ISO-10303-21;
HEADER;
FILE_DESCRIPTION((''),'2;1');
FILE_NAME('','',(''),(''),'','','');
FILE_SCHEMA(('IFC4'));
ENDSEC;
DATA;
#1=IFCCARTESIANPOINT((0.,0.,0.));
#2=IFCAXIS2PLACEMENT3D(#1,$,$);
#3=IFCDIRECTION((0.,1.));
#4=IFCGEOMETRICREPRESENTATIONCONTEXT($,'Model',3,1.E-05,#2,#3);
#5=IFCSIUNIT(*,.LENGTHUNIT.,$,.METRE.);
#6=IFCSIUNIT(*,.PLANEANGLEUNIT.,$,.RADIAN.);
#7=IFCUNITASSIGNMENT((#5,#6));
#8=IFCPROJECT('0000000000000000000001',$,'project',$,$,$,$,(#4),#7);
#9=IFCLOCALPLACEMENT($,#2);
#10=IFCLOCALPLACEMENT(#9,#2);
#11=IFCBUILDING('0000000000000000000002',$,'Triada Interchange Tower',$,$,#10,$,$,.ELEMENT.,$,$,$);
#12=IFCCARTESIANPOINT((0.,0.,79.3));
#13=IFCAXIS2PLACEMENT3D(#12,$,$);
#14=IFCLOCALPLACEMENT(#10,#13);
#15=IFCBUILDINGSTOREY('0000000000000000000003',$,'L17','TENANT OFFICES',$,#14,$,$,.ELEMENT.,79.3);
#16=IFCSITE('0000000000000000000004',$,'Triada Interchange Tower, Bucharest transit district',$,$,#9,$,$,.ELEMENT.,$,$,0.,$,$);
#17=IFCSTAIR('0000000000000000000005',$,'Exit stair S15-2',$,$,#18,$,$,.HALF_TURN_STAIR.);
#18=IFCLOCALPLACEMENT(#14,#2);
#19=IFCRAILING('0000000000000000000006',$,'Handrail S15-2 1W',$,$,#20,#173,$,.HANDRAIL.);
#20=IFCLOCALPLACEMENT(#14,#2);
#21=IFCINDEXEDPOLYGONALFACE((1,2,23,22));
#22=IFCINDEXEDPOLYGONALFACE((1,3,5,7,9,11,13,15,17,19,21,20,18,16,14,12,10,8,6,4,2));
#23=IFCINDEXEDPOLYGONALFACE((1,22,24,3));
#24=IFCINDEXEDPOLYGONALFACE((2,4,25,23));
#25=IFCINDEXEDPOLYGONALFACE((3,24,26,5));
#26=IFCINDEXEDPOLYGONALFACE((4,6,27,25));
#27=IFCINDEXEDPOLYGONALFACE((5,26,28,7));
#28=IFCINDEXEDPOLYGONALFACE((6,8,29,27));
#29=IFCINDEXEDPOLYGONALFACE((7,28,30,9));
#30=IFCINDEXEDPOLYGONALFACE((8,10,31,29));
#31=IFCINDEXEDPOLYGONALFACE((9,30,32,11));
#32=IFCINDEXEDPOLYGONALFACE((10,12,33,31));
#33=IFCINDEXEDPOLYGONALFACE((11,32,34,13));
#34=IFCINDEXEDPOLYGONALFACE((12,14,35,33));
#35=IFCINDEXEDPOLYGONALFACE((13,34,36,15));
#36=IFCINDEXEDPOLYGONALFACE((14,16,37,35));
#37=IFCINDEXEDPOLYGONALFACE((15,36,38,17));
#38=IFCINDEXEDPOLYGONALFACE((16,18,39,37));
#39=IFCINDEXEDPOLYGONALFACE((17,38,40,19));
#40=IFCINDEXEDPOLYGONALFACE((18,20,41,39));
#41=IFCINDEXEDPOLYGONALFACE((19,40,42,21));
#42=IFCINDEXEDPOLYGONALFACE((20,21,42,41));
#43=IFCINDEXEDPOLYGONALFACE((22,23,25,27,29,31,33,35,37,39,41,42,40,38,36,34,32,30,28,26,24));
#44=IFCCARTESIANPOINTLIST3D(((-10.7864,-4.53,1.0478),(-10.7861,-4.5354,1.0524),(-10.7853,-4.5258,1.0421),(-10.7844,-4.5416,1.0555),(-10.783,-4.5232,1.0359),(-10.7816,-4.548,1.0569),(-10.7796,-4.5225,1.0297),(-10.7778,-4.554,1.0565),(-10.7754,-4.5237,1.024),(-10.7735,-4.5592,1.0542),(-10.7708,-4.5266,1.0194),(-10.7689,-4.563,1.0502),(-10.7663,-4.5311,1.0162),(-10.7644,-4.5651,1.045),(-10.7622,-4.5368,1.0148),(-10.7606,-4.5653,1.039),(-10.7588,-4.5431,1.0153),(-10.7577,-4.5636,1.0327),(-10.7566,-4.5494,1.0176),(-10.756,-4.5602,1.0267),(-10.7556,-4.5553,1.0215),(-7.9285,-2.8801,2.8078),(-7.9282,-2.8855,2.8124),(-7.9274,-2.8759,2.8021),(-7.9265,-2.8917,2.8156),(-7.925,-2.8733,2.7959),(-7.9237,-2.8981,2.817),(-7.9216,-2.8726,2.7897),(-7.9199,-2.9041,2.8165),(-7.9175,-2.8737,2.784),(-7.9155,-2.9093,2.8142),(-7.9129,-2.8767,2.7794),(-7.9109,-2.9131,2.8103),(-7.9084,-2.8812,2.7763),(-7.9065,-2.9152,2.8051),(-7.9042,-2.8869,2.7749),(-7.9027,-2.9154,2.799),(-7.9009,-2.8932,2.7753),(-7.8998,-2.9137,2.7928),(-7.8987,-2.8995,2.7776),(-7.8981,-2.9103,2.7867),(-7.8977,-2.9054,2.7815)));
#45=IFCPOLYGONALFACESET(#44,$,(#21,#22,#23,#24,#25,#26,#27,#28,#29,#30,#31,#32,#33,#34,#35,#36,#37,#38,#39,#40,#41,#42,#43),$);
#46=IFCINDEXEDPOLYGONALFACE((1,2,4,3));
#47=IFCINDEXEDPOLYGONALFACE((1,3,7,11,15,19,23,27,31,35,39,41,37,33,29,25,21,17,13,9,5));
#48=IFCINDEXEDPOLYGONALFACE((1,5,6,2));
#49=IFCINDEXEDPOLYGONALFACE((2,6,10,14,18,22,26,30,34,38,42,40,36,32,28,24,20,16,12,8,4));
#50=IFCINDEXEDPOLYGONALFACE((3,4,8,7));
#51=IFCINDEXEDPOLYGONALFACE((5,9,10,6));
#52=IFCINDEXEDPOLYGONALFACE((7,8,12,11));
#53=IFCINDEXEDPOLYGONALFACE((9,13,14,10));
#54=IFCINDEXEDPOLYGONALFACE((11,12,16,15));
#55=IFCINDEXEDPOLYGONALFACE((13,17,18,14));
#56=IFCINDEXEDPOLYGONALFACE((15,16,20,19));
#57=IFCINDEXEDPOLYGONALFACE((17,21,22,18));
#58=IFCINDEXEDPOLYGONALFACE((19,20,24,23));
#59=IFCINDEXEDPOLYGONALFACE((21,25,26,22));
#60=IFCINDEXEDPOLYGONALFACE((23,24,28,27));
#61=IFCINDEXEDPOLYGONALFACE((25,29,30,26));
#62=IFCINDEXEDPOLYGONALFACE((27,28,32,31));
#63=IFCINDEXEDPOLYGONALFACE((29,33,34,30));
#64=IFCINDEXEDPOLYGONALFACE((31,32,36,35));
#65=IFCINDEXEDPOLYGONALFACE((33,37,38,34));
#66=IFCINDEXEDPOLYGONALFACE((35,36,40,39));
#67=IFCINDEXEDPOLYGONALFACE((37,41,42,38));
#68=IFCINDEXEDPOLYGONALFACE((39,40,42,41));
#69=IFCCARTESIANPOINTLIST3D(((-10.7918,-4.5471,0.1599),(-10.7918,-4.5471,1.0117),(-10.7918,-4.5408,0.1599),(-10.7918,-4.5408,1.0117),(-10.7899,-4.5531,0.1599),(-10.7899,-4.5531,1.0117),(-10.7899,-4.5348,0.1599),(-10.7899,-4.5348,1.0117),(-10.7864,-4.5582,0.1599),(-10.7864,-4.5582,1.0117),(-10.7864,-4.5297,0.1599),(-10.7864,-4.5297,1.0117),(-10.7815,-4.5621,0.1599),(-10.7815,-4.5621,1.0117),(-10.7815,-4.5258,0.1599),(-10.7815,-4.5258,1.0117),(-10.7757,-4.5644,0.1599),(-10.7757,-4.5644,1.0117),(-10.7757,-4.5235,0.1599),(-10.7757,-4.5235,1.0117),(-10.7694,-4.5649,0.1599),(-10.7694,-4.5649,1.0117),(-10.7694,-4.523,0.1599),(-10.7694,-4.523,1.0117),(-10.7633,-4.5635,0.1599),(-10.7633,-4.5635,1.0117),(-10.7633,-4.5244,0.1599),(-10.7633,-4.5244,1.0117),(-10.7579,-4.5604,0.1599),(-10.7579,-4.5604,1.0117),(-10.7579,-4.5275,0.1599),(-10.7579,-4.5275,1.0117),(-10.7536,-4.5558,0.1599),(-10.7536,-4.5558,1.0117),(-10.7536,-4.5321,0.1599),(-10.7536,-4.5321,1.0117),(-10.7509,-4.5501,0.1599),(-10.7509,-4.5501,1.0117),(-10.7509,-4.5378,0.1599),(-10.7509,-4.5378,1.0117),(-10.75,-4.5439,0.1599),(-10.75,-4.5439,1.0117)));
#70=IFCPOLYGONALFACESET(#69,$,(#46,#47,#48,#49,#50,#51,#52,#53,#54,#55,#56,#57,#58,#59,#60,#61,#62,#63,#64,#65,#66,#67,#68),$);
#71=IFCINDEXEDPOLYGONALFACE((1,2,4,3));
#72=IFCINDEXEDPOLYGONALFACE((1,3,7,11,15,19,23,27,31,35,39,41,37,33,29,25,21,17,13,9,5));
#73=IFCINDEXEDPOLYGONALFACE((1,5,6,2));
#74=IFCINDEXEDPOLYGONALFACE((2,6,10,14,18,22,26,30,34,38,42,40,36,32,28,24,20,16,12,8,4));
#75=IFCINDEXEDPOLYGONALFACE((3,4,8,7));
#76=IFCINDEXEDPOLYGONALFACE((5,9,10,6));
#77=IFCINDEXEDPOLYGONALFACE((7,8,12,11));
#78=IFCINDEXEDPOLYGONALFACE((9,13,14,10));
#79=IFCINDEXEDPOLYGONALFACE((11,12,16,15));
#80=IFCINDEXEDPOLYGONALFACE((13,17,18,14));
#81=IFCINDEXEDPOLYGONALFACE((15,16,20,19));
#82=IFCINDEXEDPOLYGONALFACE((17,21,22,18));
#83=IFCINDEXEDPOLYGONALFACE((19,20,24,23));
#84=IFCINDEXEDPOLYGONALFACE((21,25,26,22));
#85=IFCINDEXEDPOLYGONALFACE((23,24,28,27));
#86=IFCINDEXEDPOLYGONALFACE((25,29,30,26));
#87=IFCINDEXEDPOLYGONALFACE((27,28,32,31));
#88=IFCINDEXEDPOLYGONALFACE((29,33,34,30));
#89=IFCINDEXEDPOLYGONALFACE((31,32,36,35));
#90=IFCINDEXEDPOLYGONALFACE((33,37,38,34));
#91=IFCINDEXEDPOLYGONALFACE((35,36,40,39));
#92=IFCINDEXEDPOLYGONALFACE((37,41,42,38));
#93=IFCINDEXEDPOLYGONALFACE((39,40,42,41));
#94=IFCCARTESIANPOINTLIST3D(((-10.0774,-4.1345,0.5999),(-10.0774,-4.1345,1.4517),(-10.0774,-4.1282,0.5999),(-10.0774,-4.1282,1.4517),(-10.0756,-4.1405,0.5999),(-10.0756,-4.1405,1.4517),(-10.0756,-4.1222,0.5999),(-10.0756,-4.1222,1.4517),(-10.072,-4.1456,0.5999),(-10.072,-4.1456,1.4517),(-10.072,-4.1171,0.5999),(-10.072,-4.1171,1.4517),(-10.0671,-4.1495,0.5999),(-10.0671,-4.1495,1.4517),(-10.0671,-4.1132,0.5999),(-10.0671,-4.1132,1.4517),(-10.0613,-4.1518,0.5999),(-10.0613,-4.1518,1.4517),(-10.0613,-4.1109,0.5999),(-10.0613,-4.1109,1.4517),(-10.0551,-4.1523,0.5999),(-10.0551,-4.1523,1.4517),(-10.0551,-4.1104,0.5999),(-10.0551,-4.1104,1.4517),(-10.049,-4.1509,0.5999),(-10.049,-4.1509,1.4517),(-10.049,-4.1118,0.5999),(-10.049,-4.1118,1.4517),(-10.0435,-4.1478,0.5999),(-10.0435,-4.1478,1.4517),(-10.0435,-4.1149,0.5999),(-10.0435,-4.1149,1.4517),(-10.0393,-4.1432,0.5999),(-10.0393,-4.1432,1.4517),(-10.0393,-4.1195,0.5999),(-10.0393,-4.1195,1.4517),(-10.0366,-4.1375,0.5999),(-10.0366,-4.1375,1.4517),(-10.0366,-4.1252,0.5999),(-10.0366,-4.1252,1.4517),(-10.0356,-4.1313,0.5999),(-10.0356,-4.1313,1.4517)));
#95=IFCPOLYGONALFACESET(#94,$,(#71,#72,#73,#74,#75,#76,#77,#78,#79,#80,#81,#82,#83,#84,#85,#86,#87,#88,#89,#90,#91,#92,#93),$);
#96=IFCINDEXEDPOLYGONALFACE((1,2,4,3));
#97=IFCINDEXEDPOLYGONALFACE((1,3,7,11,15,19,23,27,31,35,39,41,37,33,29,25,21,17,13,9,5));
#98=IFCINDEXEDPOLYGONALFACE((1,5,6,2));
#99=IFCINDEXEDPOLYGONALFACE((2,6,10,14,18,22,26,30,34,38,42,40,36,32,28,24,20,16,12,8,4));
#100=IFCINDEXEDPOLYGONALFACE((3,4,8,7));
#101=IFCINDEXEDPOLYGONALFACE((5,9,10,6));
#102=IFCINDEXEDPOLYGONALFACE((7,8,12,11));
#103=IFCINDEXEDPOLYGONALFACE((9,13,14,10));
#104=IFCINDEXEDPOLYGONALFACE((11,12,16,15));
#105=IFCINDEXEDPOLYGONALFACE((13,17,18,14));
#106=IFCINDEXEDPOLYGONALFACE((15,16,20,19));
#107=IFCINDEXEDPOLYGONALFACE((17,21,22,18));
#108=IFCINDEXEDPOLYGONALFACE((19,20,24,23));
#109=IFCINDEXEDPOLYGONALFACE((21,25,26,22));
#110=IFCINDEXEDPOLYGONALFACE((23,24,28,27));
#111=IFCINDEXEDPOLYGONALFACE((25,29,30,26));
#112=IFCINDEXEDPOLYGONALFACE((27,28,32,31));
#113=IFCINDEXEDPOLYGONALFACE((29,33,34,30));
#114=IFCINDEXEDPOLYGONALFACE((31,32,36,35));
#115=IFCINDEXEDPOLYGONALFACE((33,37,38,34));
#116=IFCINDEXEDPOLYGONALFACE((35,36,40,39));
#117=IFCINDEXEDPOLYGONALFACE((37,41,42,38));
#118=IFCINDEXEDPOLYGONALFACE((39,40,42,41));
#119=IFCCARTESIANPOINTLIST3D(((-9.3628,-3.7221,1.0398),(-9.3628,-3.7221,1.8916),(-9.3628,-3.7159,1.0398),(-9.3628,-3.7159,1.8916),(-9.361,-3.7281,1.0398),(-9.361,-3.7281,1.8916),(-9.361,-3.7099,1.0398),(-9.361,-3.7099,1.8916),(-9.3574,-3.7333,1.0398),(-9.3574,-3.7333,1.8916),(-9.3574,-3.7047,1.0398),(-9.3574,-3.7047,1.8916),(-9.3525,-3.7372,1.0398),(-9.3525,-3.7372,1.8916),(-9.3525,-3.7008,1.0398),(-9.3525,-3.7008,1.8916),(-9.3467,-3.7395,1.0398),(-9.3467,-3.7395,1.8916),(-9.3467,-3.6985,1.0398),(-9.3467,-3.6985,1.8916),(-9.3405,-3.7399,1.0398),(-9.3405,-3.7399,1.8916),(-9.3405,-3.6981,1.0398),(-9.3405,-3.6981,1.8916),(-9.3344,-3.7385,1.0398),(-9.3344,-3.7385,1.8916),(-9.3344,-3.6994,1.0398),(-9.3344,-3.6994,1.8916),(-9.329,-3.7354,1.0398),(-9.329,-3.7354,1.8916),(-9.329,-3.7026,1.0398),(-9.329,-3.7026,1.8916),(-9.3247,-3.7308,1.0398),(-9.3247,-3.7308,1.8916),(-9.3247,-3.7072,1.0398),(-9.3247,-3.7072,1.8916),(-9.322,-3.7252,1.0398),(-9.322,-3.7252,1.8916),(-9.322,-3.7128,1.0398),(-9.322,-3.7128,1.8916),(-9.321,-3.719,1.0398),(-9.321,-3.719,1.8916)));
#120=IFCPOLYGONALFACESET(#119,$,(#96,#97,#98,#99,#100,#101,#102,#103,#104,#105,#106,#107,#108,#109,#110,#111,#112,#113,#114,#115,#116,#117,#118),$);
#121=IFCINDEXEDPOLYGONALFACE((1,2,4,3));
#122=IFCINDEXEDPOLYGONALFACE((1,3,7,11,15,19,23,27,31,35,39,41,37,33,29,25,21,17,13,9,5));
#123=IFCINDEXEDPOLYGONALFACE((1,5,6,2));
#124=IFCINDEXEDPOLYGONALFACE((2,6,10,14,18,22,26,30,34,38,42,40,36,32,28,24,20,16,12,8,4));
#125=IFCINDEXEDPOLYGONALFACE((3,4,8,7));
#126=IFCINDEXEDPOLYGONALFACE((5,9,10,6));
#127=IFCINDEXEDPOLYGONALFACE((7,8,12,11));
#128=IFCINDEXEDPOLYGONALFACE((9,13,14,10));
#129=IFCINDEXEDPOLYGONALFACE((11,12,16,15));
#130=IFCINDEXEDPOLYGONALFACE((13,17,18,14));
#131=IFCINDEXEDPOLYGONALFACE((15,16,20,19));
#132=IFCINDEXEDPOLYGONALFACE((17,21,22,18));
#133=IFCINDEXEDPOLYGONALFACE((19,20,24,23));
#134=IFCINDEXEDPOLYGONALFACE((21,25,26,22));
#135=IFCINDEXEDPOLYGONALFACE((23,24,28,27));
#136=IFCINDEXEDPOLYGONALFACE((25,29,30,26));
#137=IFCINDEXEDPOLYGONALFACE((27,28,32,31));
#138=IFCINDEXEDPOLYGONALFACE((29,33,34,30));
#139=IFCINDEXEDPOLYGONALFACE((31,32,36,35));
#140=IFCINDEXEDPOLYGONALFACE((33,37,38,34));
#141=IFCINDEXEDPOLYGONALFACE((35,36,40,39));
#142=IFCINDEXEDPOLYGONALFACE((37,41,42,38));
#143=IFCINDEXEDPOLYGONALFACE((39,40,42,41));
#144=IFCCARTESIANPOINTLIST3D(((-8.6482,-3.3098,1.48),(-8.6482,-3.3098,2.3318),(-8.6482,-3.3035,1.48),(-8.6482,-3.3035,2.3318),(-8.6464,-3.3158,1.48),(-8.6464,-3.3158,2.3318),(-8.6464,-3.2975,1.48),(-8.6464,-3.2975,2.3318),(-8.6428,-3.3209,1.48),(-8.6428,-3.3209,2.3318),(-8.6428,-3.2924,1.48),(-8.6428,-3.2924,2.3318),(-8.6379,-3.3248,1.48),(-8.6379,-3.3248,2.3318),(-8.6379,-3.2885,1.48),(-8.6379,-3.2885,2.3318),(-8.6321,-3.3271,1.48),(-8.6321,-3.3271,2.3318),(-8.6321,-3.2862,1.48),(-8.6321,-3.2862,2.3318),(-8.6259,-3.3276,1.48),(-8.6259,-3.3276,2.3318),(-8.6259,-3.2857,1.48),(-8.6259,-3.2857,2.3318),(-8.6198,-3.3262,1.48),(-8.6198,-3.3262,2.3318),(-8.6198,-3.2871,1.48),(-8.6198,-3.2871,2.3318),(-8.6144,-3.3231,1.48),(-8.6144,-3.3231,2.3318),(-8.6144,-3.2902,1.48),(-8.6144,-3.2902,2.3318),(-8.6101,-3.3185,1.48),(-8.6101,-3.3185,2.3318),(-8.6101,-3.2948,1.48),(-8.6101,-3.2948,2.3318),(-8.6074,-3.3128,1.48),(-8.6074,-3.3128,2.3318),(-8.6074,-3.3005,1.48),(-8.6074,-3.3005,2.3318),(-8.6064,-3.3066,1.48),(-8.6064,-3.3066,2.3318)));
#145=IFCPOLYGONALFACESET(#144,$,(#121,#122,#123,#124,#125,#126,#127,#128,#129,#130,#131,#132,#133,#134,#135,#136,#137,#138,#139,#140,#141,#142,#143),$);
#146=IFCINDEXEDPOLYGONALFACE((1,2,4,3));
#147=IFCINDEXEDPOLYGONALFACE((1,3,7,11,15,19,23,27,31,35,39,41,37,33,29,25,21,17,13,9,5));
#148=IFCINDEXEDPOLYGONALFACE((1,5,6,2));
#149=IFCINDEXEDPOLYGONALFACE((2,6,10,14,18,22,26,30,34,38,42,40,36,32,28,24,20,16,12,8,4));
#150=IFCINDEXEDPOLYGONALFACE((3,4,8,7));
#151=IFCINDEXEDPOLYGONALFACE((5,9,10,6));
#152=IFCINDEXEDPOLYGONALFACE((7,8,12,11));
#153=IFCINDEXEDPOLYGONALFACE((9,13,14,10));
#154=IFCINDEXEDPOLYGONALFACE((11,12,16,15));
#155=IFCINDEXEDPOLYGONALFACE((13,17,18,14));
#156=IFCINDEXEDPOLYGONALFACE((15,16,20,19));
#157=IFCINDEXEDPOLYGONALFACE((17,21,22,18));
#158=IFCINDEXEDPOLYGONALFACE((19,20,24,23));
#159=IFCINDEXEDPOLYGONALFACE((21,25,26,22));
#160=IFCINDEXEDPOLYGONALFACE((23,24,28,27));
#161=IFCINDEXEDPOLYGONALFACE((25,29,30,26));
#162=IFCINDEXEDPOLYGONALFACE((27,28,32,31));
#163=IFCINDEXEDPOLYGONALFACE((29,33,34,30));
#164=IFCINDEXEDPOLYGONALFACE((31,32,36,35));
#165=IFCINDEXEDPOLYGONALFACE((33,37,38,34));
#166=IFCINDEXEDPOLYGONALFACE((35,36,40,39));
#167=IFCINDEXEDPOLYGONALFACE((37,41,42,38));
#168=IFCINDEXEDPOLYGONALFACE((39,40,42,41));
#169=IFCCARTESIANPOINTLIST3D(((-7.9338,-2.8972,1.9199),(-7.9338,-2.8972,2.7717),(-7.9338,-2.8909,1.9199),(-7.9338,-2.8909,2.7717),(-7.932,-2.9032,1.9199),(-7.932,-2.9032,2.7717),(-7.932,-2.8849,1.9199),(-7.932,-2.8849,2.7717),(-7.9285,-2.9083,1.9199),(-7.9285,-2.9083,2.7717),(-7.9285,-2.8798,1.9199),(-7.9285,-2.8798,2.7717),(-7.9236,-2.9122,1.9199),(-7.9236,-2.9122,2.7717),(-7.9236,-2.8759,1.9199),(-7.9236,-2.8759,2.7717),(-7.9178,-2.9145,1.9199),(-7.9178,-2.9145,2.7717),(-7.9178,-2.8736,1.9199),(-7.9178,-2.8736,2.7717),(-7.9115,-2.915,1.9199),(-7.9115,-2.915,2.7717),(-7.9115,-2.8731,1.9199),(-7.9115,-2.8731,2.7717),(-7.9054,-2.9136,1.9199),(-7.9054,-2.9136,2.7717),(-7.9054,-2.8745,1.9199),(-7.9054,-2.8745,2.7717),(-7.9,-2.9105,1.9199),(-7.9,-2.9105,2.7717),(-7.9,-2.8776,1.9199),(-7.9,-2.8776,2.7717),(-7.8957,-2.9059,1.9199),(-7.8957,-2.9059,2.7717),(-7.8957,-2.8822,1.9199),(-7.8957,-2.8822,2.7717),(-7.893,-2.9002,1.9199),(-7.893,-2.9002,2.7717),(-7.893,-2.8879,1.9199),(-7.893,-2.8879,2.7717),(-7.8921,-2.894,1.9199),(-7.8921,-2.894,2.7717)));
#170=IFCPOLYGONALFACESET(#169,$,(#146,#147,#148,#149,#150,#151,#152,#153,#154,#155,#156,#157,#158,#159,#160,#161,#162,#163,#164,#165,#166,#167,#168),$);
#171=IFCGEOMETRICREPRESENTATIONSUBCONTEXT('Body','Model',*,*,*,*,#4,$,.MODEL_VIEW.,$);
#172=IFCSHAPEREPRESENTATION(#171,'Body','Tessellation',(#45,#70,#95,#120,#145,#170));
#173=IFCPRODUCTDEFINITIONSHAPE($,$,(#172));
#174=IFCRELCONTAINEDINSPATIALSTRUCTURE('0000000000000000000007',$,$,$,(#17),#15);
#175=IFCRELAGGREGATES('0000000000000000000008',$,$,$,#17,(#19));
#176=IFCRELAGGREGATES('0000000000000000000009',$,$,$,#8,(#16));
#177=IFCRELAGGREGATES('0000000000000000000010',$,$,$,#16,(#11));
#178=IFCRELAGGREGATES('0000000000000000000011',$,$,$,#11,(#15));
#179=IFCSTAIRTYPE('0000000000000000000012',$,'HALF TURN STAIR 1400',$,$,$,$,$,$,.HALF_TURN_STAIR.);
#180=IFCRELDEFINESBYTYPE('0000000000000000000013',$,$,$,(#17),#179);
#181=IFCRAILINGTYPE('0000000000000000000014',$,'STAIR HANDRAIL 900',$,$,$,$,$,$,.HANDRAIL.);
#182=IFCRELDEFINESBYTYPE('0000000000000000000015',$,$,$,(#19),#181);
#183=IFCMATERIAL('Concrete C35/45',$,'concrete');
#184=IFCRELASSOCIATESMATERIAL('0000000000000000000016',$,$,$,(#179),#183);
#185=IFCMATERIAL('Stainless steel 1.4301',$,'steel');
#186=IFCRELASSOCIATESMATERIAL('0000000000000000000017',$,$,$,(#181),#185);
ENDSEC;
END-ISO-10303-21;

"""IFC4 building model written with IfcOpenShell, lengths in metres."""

from ifc_helpers import new_model, si_unit, direction, frame, origin, origin_2d, place, context, subcontext, project, spatial, circle, extrude, material, type_object, element, aggregate, save


model = new_model("IFC4")

# Units and contexts
model_context = context("Model", 3, precision=1e-05, world=origin(), true_north=direction((0.0, 1.0)))
body_context = subcontext(model_context, "Body", "Model", "MODEL_VIEW")
ifc_project = project(units=[si_unit("LENGTHUNIT", "METRE"), si_unit("PLANEANGLEUNIT", "RADIAN")], contexts=[model_context])

# Site, building, storey
site_placement = place(None, origin())
site = spatial("IfcSite", under=ifc_project, at=site_placement, Name="Triada Interchange Tower, Bucharest transit district", CompositionType="ELEMENT", RefElevation=0.0)
building_placement = place(site_placement, origin())
building = spatial("IfcBuilding", under=site, at=building_placement, Name="Triada Interchange Tower", CompositionType="ELEMENT")
storey_placement = place(building_placement, frame((0.0, 0.0, 79.3)))
storey = spatial("IfcBuildingStorey", under=building, at=storey_placement, Name="L17", Description="TENANT OFFICES", CompositionType="ELEMENT", Elevation=79.3)

# Stair, railing
ifc_material_1 = material(Name="Concrete C35/45", Category="concrete")
stair_type = type_object("IfcStairType", Name="HALF TURN STAIR 1400", PredefinedType="HALF_TURN_STAIR", material=ifc_material_1)
stair_placement = place(storey_placement, origin())
stair = element("IfcStair", 1, at=stair_placement, inside=storey, type_object=stair_type, Name="Exit stair S15-2", PredefinedType="HALF_TURN_STAIR")
ifc_material_2 = material(Name="Stainless steel 1.4301", Category="steel")
railing_type = type_object("IfcRailingType", Name="STAIR HANDRAIL 900", PredefinedType="HANDRAIL", material=ifc_material_2)
railing_1_placement = place(storey_placement, frame((-10.771, -4.5439, 0.1599)))
railing_1 = element("IfcRailing", 2, at=railing_1_placement, type_object=railing_type, Name="Handrail S15-2 1W", PredefinedType="HANDRAIL", context=body_context, shape_type="SweptSolid", body=[
    extrude(circle(Radius=0.0239, at=origin_2d()), frame((0.0, 0.0, 0.876), z_axis=(0.764151, 0.441153, 0.470593), x_axis=(-0.499974, 0.86604, 0.0)), (0.0, 0.0, 1.0), 3.74),
    extrude(circle(Radius=0.021, at=origin_2d()), origin(), (0.0, 0.0, 1.0), 0.8518),
    extrude(circle(Radius=0.021, at=origin_2d()), frame((0.7144, 0.4126, 0.4399)), (0.0, 0.0, 1.0), 0.8518),
    extrude(circle(Radius=0.021, at=origin_2d()), frame((1.429, 0.825, 0.8799)), (0.0, 0.0, 1.0), 0.8518),
    extrude(circle(Radius=0.021, at=origin_2d()), frame((2.1436, 1.2373, 1.3201)), (0.0, 0.0, 1.0), 0.8518),
    extrude(circle(Radius=0.021, at=origin_2d()), frame((2.8579, 1.6499, 1.76)), (0.0, 0.0, 1.0), 0.8518),
])
aggregate(stair, [railing_1])

save(model, "model.ifc")
